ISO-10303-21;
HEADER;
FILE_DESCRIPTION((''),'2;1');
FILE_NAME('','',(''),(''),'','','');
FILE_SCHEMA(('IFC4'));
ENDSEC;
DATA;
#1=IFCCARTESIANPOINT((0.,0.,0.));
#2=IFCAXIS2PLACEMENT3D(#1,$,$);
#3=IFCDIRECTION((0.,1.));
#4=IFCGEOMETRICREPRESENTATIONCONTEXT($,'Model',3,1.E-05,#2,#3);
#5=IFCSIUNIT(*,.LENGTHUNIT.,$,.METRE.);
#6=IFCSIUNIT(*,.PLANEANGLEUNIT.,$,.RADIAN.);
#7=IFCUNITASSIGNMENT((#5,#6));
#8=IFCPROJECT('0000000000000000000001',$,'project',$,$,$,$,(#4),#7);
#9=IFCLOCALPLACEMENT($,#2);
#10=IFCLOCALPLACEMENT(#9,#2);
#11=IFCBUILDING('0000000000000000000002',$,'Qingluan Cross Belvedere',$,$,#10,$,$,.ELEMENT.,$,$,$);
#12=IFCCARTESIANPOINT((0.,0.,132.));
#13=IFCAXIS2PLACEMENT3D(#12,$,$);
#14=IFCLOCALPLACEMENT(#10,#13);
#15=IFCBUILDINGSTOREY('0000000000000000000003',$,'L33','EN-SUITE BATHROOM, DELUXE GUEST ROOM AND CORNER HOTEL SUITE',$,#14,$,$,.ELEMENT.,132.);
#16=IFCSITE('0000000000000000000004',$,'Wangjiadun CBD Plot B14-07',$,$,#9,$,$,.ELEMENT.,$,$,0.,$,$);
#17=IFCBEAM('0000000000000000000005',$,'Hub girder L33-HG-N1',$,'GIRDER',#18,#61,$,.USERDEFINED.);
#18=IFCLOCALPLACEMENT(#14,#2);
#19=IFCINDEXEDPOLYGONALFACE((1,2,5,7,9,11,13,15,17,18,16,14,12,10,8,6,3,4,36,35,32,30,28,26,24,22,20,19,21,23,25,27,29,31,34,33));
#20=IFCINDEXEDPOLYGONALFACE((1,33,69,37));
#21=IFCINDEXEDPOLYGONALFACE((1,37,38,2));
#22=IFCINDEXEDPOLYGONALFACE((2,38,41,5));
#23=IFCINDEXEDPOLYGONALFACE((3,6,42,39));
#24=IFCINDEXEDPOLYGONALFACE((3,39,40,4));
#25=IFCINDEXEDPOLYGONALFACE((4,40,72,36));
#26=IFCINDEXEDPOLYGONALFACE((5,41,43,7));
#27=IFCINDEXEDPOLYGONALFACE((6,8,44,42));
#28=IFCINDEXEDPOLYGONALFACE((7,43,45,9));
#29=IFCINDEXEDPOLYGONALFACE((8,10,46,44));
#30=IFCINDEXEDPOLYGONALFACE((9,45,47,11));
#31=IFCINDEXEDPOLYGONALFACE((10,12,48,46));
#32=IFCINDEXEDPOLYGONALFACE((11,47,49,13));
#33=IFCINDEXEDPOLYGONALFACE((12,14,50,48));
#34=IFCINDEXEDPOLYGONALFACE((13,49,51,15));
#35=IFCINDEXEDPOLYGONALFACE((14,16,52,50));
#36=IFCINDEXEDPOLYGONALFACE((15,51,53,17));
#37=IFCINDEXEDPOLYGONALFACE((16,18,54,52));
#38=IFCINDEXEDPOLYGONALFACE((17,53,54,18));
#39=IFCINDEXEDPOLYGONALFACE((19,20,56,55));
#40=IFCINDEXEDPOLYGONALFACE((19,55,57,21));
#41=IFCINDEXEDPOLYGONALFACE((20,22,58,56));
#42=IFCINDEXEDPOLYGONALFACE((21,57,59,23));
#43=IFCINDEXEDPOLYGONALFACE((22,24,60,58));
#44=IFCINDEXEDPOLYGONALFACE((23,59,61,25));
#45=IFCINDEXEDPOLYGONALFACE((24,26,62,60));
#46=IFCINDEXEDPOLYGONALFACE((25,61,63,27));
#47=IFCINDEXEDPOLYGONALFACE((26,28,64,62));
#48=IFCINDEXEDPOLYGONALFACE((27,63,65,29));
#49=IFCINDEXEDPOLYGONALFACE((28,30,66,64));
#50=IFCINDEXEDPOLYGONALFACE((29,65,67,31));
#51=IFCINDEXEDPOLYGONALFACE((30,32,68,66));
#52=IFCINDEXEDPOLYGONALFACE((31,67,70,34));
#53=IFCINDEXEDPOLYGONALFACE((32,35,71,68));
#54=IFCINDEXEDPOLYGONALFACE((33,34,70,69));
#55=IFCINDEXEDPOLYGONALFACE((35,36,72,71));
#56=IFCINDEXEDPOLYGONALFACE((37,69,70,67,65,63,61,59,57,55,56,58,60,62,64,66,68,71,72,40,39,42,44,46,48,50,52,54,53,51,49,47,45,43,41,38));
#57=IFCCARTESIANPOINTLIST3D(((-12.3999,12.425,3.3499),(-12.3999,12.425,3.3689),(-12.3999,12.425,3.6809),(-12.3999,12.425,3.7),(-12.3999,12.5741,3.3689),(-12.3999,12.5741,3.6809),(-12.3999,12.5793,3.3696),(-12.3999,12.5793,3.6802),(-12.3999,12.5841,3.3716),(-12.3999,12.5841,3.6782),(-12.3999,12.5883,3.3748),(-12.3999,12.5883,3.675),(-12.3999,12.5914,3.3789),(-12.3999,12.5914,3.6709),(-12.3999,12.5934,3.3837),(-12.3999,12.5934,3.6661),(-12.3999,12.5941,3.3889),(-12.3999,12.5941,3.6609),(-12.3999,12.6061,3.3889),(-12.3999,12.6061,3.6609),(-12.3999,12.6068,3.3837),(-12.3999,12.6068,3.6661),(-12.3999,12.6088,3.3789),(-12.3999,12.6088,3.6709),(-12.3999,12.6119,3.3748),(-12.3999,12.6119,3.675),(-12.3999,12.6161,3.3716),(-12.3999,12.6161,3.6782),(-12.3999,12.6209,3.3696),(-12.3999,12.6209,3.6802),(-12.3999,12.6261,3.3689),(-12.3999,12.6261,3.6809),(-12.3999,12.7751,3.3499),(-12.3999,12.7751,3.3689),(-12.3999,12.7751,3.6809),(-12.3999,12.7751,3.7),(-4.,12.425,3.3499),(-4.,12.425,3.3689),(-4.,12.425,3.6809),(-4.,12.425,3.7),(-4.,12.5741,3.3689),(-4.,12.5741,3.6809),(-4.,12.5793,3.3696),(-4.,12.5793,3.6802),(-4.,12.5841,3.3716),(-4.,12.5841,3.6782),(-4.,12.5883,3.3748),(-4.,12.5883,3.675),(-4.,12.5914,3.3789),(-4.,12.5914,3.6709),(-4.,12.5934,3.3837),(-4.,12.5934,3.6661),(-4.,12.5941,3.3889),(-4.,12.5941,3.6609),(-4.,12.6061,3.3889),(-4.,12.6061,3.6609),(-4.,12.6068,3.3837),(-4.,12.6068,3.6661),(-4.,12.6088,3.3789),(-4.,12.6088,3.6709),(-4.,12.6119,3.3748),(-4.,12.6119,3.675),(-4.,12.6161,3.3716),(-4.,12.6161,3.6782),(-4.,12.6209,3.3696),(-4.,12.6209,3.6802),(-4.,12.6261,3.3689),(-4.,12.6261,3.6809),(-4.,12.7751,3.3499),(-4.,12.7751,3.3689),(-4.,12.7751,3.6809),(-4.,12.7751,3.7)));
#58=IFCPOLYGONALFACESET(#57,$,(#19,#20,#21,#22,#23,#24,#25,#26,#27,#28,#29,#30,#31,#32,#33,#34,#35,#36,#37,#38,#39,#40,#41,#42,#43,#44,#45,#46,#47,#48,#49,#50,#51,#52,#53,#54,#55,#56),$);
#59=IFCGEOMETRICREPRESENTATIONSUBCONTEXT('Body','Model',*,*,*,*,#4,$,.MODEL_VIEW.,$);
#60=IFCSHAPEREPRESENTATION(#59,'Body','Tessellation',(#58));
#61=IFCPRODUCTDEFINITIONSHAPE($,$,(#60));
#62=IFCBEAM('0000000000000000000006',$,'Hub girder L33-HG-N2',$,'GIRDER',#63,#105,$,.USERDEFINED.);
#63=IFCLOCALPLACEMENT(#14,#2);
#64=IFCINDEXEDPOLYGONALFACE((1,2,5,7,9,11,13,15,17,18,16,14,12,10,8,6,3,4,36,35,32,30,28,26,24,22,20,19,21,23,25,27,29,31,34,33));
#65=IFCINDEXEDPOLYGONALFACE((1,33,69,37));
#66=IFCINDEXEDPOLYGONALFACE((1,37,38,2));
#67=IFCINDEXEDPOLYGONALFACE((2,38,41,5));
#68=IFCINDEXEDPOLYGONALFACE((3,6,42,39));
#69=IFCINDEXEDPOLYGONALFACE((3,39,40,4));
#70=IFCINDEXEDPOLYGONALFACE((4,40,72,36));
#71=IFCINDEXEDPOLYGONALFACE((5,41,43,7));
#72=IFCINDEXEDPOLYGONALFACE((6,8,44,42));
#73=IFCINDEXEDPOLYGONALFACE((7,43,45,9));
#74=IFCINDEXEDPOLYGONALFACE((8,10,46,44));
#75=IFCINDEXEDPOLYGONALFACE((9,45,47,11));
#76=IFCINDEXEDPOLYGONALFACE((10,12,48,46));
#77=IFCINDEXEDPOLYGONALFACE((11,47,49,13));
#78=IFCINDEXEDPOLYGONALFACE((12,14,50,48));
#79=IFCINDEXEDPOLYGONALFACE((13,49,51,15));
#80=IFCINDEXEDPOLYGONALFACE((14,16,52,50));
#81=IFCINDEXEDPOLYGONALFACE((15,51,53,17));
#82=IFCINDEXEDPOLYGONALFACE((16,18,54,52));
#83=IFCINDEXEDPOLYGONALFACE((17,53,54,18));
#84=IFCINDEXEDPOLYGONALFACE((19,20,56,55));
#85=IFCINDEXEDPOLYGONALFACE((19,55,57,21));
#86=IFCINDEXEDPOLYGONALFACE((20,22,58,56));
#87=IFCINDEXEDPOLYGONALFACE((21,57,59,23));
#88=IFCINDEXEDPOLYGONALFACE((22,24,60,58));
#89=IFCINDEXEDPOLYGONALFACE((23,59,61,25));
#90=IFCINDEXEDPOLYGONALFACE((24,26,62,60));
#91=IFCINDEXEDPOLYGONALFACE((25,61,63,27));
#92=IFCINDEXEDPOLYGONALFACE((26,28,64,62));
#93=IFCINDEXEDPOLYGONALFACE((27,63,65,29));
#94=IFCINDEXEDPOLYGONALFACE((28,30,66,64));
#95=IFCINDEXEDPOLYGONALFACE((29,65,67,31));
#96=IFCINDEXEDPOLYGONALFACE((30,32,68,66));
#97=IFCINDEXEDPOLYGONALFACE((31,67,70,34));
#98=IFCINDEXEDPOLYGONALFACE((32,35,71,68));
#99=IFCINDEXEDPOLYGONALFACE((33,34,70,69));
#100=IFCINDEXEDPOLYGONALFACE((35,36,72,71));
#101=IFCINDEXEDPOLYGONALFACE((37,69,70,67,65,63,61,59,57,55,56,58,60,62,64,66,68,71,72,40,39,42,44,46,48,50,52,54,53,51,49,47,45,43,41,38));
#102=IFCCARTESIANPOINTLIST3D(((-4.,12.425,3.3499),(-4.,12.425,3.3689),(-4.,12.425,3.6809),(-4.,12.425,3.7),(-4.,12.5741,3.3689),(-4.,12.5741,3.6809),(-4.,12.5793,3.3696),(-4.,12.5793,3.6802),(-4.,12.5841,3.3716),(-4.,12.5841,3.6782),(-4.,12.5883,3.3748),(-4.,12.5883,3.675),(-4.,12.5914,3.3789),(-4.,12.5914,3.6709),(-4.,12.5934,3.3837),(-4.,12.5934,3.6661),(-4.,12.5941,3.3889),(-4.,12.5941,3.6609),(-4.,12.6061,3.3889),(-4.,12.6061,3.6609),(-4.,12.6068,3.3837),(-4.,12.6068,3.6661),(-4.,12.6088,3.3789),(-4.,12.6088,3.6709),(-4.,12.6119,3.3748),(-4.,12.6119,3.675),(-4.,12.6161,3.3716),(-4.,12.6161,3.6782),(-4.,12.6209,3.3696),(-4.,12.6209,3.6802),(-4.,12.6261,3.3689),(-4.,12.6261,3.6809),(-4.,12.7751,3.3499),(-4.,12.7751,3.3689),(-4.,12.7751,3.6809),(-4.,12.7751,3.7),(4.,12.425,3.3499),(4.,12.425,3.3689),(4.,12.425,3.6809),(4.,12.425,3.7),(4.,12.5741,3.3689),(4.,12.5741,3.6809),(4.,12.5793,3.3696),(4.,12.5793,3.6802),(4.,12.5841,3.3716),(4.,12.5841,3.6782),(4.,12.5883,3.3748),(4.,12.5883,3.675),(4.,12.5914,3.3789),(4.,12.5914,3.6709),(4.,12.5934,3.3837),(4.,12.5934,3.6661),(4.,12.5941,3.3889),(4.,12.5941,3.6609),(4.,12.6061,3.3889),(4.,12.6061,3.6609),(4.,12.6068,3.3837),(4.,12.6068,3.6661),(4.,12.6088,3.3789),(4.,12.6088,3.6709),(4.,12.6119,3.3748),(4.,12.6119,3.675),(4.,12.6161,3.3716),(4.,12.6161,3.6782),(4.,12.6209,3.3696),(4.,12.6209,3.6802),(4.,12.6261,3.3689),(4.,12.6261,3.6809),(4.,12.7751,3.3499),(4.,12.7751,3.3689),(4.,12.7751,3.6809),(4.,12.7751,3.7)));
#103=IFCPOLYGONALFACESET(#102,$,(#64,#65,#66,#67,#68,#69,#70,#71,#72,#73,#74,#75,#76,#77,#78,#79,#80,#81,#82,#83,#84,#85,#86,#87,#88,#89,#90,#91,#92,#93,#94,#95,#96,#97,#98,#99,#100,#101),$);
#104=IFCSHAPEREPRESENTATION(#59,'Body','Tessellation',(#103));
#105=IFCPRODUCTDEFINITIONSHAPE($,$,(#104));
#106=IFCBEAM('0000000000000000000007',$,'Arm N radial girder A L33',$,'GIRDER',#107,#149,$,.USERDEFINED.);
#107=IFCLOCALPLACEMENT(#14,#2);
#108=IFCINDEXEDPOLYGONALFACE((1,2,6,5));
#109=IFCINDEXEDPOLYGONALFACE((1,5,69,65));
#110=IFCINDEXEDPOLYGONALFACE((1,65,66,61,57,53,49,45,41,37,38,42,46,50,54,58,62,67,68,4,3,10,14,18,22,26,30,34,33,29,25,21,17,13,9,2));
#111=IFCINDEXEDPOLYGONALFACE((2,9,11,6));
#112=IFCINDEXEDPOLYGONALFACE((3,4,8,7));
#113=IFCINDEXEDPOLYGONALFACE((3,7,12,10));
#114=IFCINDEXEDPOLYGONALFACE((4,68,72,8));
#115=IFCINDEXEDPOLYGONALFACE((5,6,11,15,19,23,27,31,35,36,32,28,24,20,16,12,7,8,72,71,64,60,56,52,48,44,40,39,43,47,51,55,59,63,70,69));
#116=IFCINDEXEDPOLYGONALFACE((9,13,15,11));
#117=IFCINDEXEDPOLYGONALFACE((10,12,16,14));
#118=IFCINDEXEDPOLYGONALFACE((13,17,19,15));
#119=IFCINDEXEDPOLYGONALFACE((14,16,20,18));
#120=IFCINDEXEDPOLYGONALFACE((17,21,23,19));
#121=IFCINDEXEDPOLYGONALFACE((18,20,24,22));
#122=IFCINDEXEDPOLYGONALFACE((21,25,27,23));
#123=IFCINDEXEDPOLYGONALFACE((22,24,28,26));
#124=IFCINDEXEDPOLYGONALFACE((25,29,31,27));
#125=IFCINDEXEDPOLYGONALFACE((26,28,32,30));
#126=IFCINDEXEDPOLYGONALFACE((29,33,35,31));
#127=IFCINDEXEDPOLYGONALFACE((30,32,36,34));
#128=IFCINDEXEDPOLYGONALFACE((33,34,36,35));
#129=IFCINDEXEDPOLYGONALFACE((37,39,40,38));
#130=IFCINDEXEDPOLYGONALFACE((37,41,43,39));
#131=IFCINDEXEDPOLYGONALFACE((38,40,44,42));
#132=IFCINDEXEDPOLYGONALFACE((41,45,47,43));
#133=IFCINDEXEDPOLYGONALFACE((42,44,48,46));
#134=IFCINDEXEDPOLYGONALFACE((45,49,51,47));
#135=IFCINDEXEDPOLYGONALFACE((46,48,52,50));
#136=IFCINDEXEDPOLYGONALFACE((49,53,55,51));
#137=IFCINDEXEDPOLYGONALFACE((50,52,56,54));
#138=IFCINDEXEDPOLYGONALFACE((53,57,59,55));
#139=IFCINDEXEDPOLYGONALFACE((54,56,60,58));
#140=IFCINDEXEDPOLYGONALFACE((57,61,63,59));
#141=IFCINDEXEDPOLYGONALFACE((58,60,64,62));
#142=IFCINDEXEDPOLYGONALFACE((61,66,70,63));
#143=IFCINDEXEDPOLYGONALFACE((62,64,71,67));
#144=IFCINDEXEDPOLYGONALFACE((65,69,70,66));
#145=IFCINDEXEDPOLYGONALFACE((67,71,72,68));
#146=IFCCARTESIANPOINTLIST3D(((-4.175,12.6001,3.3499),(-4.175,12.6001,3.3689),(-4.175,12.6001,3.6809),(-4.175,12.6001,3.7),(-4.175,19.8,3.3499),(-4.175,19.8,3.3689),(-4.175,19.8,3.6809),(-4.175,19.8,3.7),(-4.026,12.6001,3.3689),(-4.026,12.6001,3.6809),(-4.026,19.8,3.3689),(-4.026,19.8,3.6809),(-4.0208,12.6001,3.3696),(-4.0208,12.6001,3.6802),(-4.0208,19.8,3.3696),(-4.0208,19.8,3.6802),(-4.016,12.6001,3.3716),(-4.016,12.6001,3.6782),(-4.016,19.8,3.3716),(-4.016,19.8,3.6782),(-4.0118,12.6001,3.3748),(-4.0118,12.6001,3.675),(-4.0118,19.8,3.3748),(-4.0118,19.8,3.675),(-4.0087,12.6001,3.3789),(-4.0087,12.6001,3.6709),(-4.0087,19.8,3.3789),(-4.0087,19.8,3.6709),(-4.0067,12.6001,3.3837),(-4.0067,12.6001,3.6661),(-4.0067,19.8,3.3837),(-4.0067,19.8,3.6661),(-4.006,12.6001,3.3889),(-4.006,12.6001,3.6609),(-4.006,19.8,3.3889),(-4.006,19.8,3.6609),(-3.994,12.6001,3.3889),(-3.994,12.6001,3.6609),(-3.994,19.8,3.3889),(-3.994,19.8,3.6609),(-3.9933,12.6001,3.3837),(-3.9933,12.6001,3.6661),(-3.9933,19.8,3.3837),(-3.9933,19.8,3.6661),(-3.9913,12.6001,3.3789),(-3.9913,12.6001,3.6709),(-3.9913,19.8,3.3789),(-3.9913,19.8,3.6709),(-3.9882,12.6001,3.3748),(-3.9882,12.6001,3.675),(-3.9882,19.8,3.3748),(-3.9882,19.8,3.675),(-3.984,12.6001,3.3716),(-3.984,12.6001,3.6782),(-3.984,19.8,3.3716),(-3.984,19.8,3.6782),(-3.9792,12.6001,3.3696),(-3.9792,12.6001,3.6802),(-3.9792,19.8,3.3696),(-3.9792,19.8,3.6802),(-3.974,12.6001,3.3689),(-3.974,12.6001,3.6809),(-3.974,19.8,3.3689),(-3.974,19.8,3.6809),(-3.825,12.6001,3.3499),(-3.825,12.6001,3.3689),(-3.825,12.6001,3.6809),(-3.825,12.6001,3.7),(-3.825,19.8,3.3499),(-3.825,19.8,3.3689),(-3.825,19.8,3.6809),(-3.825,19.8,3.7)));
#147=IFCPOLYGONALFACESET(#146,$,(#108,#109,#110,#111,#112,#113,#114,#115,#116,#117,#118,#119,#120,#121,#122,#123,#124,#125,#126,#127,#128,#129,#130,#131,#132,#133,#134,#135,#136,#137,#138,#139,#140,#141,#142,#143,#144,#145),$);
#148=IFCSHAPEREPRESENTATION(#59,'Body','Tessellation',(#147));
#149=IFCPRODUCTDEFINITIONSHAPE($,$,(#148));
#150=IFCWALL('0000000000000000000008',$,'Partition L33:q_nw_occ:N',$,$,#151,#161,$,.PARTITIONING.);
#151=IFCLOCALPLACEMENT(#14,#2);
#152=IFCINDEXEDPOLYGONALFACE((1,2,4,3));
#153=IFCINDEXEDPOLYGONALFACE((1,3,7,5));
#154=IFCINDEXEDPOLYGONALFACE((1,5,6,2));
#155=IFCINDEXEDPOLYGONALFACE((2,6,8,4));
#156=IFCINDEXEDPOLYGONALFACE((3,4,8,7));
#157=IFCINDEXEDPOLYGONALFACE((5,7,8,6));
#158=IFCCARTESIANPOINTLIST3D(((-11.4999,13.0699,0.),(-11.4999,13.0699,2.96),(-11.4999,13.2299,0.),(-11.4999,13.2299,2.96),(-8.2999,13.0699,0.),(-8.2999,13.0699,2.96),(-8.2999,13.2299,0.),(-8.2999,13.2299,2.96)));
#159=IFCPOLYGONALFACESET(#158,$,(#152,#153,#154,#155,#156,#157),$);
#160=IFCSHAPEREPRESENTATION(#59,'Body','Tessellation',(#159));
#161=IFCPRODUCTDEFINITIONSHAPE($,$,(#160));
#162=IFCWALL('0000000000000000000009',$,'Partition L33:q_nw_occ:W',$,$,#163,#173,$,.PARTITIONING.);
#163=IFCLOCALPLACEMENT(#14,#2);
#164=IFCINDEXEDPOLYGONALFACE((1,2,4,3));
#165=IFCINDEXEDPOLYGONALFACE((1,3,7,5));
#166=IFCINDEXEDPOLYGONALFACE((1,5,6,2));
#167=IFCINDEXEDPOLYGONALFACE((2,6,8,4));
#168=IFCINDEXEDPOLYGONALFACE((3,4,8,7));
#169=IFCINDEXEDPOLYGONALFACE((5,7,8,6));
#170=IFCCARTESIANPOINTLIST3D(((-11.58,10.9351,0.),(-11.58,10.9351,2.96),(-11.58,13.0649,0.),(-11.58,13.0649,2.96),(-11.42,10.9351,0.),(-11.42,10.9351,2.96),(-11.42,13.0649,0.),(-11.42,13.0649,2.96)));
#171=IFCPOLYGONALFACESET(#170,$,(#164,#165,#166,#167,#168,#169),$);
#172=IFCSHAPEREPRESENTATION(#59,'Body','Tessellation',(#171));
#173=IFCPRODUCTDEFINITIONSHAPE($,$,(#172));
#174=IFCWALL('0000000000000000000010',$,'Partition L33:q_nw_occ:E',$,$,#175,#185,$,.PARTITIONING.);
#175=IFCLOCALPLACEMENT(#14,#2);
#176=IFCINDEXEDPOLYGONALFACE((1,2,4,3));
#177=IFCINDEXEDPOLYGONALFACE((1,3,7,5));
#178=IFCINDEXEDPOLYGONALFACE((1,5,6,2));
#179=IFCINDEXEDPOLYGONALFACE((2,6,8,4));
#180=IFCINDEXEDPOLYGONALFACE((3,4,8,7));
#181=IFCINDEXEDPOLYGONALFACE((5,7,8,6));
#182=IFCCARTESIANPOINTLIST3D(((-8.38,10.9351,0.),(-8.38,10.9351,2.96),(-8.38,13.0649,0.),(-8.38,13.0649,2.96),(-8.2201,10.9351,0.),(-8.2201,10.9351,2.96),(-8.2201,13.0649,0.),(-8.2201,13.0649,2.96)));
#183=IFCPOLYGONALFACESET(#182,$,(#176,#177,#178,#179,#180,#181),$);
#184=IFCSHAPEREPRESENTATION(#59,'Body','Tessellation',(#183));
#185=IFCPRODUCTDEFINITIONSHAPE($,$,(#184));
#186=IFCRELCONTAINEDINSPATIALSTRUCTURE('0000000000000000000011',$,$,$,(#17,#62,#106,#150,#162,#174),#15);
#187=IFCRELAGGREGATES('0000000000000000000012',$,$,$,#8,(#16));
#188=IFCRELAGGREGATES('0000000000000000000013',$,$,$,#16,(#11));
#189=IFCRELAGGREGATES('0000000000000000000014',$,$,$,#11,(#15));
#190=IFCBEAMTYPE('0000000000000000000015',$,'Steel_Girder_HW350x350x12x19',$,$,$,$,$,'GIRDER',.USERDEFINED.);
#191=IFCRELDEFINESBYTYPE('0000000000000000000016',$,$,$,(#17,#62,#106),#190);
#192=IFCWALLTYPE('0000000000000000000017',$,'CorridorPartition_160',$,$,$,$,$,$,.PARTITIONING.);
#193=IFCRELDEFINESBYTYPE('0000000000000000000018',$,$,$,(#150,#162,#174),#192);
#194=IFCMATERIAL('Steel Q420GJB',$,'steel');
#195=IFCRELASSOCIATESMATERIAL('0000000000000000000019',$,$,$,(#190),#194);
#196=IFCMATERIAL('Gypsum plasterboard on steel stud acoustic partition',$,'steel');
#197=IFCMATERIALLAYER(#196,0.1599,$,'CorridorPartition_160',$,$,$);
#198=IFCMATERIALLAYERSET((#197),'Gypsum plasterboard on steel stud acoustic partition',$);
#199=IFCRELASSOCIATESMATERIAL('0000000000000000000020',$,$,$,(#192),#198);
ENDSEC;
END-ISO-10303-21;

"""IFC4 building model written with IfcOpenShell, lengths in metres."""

from ifc_helpers import new_model, si_unit, direction, frame, frame_2d, origin, origin_2d, place, context, subcontext, project, spatial, rectangle, i_section, extrude, material, layer, layer_set, material_profile, profile_set, type_object, element, save


model = new_model("IFC4")

# Units and contexts
model_context = context("Model", 3, precision=1e-05, world=origin(), true_north=direction((0.0, 1.0)))
body_context = subcontext(model_context, "Body", "Model", "MODEL_VIEW")
ifc_project = project(units=[si_unit("LENGTHUNIT", "METRE"), si_unit("PLANEANGLEUNIT", "RADIAN")], contexts=[model_context])

# Site, building, storey
site_placement = place(None, origin())
site = spatial("IfcSite", under=ifc_project, at=site_placement, Name="Wangjiadun CBD Plot B14-07", CompositionType="ELEMENT", RefElevation=0.0)
building_placement = place(site_placement, origin())
building = spatial("IfcBuilding", under=site, at=building_placement, Name="Qingluan Cross Belvedere", CompositionType="ELEMENT")
storey_placement = place(building_placement, frame((0.0, 0.0, 132.0)))
storey = spatial("IfcBuildingStorey", under=building, at=storey_placement, Name="L33", Description="EN-SUITE BATHROOM, DELUXE GUEST ROOM AND CORNER HOTEL SUITE", CompositionType="ELEMENT", Elevation=132.0)

# Beams
ifc_material_1 = material(Name="Steel Q420GJB", Category="steel")
ifc_material_profile_1 = material_profile(ifc_material_1, i_section(OverallWidth=0.3501, OverallDepth=0.3501, WebThickness=0.012, FlangeThickness=0.019, FilletRadius=0.02, at=origin_2d()), Name="HW350x350x12x19")
ifc_profile_set_1 = profile_set([ifc_material_profile_1], Name="Steel Q420GJB")
beam_type_1 = type_object("IfcBeamType", Name="Steel_Girder_HW350x350x12x19", ElementType="GIRDER", PredefinedType="USERDEFINED", material=ifc_profile_set_1)
beam_1_placement = place(storey_placement, frame((-12.3999, 12.6001, 3.5249), z_axis=(1.0, 0.0, 0.0), x_axis=(0.0, 1.0, 0.0)))
element("IfcBeam", 1, at=beam_1_placement, inside=storey, type_object=beam_type_1, Name="Hub girder L33-HG-N1", ObjectType="GIRDER", PredefinedType="USERDEFINED", context=body_context, shape_type="SweptSolid", body=[
    extrude(i_section(OverallWidth=0.3501, OverallDepth=0.3501, WebThickness=0.012, FlangeThickness=0.019, FilletRadius=0.02, at=origin_2d()), origin(), (0.0, 0.0, 1.0), 8.3999),
])
beam_2_placement = place(storey_placement, frame((-4.0, 12.6001, 3.5249), z_axis=(1.0, 0.0, 0.0), x_axis=(0.0, 1.0, 0.0)))
element("IfcBeam", 2, at=beam_2_placement, inside=storey, type_object=beam_type_1, Name="Hub girder L33-HG-N2", ObjectType="GIRDER", PredefinedType="USERDEFINED", context=body_context, shape_type="SweptSolid", body=[
    extrude(i_section(OverallWidth=0.3501, OverallDepth=0.3501, WebThickness=0.012, FlangeThickness=0.019, FilletRadius=0.02, at=origin_2d()), origin(), (0.0, 0.0, 1.0), 8.0),
])
beam_3_placement = place(storey_placement, frame((-4.0, 12.6001, 3.5249), z_axis=(0.0, 1.0, 0.0), x_axis=(-1.0, 0.0, 0.0)))
element("IfcBeam", 3, at=beam_3_placement, inside=storey, type_object=beam_type_1, Name="Arm N radial girder A L33", ObjectType="GIRDER", PredefinedType="USERDEFINED", context=body_context, shape_type="SweptSolid", body=[
    extrude(i_section(OverallWidth=0.3501, OverallDepth=0.3501, WebThickness=0.012, FlangeThickness=0.019, FilletRadius=0.02, at=origin_2d()), origin(), (0.0, 0.0, 1.0), 7.2),
])

# Shared definitions
ifc_material_2 = material(Name="Gypsum plasterboard on steel stud acoustic partition", Category="steel")
ifc_layer_1 = layer(ifc_material_2, 0.1599, Name="CorridorPartition_160")
ifc_layer_set_1 = layer_set([ifc_layer_1], Name="Gypsum plasterboard on steel stud acoustic partition")
wall_type_1 = type_object("IfcWallType", Name="CorridorPartition_160", PredefinedType="PARTITIONING", material=ifc_layer_set_1)

# Walls
wall_1_placement = place(storey_placement, frame((-11.5, 13.1499, 0.0), z_axis=(0.0, 0.0, 1.0), x_axis=(1.0, 0.0, 0.0)))
element("IfcWall", 4, at=wall_1_placement, inside=storey, type_object=wall_type_1, Name="Partition L33:q_nw_occ:N", PredefinedType="PARTITIONING", context=body_context, shape_type="SweptSolid", body=[
    extrude(rectangle(XDim=3.2, YDim=0.1599, at=frame_2d((1.6001, 0.0))), origin(), (0.0, 0.0, 1.0), 2.96),
])
for number, where, z_axis, x_axis, name in (
    (5, (-11.5, 10.9351, 0.0), (0.0, 0.0, 1.0), (0.0, 1.0, 0.0), "Partition L33:q_nw_occ:W"),
    (6, (-8.3, 10.9351, 0.0), (0.0, 0.0, 1.0), (0.0, 1.0, 0.0), "Partition L33:q_nw_occ:E"),
):
    element("IfcWall", number, at=place(storey_placement, frame(where, z_axis=z_axis, x_axis=x_axis)), inside=storey, type_object=wall_type_1, Name=name, PredefinedType="PARTITIONING", context=body_context, shape_type="SweptSolid", body=[
        extrude(rectangle(XDim=2.1299, YDim=0.1599, at=frame_2d((1.0649, 0.0))), origin(), (0.0, 0.0, 1.0), 2.96),
    ])

save(model, "model.ifc")
